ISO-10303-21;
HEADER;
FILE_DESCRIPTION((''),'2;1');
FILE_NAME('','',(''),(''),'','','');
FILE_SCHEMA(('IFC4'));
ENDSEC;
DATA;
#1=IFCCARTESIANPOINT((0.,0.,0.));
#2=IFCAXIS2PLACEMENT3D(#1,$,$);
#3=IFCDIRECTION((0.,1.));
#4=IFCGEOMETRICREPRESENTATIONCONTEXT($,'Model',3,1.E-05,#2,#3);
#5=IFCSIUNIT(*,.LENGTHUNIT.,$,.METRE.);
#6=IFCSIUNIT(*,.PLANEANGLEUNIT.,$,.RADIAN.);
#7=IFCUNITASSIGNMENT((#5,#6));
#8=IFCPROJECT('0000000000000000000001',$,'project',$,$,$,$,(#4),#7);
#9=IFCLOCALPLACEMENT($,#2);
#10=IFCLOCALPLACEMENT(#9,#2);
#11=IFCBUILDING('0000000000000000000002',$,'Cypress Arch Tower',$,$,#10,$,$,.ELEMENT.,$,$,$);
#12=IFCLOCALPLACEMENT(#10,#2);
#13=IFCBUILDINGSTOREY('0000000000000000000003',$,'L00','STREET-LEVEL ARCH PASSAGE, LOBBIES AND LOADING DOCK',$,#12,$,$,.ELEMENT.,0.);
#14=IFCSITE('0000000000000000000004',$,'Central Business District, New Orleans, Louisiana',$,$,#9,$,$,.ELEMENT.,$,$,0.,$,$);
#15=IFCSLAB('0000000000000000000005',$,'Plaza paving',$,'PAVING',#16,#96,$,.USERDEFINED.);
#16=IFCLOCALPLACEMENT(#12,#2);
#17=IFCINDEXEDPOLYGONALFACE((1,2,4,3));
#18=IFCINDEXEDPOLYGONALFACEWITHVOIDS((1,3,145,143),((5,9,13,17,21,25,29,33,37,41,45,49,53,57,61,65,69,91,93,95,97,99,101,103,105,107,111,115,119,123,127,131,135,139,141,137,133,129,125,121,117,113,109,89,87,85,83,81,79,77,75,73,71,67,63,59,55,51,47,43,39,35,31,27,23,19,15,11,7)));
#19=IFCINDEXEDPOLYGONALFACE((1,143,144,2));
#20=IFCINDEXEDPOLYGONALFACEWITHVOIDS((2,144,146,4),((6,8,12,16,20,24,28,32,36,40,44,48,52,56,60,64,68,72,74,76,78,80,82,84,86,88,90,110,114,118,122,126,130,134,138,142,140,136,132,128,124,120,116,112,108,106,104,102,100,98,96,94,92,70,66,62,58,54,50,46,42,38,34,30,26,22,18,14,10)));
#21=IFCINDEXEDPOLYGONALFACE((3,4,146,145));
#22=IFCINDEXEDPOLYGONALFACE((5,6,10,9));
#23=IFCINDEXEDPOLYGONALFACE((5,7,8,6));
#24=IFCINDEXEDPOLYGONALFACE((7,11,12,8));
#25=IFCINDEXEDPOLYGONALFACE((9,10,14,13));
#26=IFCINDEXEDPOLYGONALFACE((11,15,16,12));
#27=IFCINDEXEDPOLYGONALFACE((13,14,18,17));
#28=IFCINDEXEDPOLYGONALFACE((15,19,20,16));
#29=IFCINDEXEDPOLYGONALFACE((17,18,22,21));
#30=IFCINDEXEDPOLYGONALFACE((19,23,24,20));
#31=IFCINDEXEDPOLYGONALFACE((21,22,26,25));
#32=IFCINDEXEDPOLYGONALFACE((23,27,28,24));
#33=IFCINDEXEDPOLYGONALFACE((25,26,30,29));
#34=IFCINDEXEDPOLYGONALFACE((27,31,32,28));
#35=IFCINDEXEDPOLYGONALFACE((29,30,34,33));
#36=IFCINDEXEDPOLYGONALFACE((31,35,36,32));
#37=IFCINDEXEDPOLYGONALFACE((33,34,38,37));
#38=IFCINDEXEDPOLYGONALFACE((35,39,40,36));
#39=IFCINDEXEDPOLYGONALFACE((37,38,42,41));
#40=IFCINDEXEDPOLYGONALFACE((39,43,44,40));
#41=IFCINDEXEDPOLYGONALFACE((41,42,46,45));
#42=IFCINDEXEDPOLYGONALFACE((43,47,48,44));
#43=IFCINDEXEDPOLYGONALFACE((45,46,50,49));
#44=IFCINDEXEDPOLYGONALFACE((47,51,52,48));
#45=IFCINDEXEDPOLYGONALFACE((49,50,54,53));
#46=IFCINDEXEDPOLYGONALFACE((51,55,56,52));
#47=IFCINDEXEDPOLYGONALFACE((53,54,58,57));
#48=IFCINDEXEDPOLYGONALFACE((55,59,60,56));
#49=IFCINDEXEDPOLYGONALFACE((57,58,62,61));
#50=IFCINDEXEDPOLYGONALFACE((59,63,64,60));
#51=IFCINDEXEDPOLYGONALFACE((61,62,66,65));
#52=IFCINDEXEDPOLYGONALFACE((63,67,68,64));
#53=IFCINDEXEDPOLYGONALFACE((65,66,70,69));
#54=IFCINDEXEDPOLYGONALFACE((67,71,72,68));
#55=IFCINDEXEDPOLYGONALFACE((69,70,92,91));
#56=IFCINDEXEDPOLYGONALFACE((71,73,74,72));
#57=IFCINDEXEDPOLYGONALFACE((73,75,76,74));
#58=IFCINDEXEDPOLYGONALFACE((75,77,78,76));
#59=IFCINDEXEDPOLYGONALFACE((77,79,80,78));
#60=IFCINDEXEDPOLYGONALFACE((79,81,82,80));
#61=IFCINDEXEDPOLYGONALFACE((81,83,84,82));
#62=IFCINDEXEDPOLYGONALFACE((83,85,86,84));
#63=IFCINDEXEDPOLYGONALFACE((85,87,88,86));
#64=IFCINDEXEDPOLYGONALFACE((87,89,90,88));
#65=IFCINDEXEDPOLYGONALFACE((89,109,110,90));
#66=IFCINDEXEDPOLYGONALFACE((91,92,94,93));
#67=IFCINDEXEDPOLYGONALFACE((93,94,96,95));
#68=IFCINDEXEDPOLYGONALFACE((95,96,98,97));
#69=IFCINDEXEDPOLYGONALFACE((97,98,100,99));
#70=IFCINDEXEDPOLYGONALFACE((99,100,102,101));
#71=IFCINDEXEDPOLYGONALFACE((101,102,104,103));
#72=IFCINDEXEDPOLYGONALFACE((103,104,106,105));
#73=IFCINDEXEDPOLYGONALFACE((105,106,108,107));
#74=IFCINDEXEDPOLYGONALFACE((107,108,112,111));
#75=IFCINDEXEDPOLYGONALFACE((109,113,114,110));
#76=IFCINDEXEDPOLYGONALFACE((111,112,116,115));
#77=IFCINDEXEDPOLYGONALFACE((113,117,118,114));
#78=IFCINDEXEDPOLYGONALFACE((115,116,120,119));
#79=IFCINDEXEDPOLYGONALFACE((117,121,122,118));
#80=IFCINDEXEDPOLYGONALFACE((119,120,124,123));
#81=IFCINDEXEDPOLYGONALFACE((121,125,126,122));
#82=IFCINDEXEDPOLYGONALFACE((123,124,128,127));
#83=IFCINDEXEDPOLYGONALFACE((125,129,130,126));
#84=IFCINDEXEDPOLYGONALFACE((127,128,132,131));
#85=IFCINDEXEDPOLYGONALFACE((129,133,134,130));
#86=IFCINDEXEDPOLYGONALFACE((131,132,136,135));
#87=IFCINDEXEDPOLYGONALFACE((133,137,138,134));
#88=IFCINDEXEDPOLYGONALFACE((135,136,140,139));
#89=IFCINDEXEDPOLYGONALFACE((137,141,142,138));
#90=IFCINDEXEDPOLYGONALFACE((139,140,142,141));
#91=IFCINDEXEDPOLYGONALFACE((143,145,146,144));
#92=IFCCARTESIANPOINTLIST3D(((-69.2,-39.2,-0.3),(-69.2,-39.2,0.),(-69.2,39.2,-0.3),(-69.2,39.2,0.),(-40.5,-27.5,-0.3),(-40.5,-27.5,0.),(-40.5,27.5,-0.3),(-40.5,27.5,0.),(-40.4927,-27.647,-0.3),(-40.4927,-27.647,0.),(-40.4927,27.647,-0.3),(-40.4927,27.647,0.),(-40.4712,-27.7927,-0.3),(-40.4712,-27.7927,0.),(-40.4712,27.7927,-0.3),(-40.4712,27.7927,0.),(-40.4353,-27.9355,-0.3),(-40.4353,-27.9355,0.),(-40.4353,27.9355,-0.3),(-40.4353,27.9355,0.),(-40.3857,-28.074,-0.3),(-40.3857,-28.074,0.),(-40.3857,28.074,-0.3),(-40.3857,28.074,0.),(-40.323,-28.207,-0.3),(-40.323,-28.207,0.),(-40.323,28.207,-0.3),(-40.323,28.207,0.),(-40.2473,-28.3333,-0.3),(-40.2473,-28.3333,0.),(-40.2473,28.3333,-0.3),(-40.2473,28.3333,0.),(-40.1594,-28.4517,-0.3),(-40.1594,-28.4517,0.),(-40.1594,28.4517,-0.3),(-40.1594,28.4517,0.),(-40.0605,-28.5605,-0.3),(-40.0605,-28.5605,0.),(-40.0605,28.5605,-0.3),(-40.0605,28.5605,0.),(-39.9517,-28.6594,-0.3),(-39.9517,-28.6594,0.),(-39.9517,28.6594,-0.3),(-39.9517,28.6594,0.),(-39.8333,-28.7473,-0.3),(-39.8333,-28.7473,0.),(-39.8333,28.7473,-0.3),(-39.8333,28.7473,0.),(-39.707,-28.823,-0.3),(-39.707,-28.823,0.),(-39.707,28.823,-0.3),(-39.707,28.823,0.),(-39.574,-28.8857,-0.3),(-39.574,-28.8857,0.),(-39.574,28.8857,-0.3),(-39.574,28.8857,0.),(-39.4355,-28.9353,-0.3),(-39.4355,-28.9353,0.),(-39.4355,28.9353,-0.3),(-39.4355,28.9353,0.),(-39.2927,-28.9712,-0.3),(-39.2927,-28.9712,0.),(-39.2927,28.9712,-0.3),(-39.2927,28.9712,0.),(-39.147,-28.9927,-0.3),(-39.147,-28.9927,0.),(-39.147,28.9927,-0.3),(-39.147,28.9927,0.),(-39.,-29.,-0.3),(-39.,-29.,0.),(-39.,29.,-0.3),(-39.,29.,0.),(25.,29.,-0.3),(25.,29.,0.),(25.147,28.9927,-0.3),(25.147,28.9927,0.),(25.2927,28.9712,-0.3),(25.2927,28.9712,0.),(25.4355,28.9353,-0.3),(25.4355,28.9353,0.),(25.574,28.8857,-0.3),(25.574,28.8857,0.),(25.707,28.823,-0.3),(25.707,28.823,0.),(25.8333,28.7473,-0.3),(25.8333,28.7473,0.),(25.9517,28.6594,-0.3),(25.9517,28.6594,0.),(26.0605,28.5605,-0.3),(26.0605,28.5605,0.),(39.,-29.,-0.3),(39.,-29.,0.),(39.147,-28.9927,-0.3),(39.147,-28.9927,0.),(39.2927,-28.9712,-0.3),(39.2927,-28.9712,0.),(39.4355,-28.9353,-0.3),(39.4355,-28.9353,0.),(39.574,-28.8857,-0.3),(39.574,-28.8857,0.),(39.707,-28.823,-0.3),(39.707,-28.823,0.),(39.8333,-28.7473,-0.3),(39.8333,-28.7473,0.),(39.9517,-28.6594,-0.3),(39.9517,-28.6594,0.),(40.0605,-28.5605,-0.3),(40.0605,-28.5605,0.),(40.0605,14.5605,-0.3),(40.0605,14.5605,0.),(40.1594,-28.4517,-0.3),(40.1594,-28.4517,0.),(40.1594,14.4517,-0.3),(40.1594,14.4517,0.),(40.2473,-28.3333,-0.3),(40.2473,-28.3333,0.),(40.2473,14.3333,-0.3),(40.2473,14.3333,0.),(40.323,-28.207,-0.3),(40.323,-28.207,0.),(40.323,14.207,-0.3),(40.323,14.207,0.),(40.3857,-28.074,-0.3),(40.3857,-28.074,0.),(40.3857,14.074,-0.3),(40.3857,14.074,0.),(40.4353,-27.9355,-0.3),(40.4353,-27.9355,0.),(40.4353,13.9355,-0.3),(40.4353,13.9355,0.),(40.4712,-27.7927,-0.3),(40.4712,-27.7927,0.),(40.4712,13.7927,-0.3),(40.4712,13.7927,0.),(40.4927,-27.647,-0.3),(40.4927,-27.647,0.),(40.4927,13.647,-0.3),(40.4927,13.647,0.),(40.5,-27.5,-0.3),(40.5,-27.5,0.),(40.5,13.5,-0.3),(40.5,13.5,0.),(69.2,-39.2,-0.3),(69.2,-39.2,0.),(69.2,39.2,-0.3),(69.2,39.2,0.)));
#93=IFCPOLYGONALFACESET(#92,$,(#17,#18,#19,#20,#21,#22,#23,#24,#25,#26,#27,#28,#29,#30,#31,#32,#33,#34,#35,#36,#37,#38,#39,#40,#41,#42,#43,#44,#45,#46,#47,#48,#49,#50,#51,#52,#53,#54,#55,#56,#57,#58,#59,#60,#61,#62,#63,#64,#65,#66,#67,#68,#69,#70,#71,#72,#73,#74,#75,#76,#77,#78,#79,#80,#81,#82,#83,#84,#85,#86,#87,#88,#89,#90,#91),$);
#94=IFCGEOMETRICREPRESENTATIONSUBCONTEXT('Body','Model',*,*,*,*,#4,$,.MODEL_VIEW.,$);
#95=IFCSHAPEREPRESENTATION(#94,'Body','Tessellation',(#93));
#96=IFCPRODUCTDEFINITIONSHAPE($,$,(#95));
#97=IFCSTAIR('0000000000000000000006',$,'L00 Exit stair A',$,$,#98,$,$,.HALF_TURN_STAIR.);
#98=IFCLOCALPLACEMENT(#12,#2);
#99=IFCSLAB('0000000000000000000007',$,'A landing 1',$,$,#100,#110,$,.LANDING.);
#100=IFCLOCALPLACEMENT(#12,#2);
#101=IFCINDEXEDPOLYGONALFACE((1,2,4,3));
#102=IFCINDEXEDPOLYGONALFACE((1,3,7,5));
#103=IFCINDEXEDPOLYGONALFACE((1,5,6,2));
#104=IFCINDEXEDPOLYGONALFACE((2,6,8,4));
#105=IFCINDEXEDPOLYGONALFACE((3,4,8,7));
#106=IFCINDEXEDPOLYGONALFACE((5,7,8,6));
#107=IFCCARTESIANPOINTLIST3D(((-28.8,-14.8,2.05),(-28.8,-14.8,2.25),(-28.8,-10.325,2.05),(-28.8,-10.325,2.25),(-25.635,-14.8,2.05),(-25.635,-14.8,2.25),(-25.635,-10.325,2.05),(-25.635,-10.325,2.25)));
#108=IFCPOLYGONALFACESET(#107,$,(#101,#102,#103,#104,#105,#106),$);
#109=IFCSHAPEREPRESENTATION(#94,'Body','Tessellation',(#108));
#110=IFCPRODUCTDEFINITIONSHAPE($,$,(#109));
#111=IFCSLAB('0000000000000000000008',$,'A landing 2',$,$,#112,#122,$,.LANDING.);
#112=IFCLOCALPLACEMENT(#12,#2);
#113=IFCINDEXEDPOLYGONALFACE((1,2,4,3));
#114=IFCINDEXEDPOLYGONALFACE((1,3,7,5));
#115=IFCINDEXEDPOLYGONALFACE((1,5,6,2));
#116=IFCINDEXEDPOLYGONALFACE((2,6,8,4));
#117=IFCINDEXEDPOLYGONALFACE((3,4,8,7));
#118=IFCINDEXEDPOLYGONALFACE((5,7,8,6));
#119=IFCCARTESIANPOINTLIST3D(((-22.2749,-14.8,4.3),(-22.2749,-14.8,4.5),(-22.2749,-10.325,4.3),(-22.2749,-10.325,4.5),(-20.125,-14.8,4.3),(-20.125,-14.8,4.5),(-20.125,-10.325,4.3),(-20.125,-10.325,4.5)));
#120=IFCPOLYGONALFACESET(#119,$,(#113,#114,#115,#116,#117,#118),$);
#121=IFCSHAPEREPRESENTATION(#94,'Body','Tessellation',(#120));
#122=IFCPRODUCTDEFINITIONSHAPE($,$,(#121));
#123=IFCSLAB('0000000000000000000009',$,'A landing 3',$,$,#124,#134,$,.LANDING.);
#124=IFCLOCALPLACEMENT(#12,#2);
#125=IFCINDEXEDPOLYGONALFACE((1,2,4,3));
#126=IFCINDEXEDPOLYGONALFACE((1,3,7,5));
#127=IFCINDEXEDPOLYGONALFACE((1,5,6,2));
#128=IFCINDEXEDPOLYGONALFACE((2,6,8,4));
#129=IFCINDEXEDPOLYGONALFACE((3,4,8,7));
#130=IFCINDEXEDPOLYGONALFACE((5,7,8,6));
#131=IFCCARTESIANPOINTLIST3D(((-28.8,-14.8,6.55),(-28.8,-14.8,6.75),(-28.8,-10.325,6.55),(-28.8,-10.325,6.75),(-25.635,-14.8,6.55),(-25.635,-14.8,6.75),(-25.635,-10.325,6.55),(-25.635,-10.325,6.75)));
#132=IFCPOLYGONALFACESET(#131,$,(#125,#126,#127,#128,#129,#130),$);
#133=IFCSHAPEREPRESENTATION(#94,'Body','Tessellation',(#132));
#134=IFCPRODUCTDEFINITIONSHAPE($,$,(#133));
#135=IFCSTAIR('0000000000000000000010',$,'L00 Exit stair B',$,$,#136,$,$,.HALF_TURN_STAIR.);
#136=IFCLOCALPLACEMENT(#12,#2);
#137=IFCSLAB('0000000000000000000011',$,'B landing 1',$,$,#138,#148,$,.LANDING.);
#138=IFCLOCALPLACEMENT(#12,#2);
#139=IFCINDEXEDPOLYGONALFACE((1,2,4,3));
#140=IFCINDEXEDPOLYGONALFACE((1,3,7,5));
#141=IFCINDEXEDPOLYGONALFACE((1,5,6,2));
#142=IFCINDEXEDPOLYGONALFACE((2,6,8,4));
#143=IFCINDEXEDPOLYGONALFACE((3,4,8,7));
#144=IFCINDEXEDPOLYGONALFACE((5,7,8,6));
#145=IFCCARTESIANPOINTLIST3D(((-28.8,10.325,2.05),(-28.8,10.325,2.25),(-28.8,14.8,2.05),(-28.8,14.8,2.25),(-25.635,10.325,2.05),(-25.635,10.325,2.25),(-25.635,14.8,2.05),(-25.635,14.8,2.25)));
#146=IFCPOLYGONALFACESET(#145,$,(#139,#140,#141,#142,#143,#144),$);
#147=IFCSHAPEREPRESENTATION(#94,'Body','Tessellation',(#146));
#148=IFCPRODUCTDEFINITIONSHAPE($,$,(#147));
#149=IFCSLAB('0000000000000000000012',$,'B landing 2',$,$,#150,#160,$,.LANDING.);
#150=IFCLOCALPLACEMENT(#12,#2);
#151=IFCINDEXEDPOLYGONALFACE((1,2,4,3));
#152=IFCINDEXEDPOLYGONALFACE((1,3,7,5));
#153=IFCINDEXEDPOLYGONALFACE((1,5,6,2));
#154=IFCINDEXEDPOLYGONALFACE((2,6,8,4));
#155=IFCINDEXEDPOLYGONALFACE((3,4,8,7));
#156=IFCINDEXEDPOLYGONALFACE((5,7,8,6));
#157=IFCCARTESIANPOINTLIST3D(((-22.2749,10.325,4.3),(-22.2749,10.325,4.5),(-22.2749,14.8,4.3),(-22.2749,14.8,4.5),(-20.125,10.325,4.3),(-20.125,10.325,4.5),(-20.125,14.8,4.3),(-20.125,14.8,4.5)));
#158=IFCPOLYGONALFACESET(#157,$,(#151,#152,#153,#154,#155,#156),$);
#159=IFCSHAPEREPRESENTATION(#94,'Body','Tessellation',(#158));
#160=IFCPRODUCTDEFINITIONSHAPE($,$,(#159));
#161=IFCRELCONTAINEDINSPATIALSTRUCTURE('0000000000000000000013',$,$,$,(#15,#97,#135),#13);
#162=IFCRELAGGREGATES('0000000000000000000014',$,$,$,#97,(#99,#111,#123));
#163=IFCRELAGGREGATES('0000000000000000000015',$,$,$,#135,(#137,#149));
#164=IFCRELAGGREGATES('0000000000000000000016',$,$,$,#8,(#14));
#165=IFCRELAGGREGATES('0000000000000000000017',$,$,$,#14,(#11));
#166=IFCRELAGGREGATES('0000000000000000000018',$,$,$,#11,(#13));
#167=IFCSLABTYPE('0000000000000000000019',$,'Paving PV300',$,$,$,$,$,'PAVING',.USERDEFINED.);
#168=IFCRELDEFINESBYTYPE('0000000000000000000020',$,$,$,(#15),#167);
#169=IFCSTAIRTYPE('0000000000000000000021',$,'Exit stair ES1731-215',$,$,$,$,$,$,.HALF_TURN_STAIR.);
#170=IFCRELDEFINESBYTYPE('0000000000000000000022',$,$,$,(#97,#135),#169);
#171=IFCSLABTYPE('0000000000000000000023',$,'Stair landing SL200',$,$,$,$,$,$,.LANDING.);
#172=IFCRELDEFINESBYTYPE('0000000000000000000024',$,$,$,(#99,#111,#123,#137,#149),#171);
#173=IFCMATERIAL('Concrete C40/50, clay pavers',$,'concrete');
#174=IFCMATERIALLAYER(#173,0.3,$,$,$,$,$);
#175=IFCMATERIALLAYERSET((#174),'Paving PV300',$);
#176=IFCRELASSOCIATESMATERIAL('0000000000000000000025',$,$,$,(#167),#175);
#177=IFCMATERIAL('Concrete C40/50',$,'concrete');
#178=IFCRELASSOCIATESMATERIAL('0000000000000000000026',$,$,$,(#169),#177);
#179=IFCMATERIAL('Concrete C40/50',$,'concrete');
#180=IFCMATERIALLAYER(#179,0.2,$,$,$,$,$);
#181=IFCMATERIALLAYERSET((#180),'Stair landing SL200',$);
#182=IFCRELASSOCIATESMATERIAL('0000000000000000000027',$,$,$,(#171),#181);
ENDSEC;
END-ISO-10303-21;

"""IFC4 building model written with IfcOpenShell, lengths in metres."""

from ifc_helpers import new_model, si_unit, direction, frame, origin, place, context, subcontext, project, spatial, polyline, outline, extrude, material, layer, layer_set, type_object, element, aggregate, save


model = new_model("IFC4")

# Units and contexts
model_context = context("Model", 3, precision=1e-05, world=origin(), true_north=direction((0.0, 1.0)))
body_context = subcontext(model_context, "Body", "Model", "MODEL_VIEW")
ifc_project = project(units=[si_unit("LENGTHUNIT", "METRE"), si_unit("PLANEANGLEUNIT", "RADIAN")], contexts=[model_context])

# Site, building, storey
site_placement = place(None, origin())
site = spatial("IfcSite", under=ifc_project, at=site_placement, Name="Central Business District, New Orleans, Louisiana", CompositionType="ELEMENT", RefElevation=0.0)
building_placement = place(site_placement, origin())
building = spatial("IfcBuilding", under=site, at=building_placement, Name="Cypress Arch Tower", CompositionType="ELEMENT")
storey_placement = place(building_placement, origin())
storey = spatial("IfcBuildingStorey", under=building, at=storey_placement, Name="L00", Description="STREET-LEVEL ARCH PASSAGE, LOBBIES AND LOADING DOCK", CompositionType="ELEMENT", Elevation=0.0)

# Slab
ifc_material_1 = material(Name="Concrete C40/50, clay pavers", Category="concrete")
ifc_layer_1 = layer(ifc_material_1, 0.3)
ifc_layer_set_1 = layer_set([ifc_layer_1], Name="Paving PV300")
slab_type_1 = type_object("IfcSlabType", Name="Paving PV300", ElementType="PAVING", PredefinedType="USERDEFINED", material=ifc_layer_set_1)
slab_1_placement = place(storey_placement, frame((0.0, 0.0, -0.3)))
element("IfcSlab", 1, at=slab_1_placement, inside=storey, type_object=slab_type_1, Name="Plaza paving", ObjectType="PAVING", PredefinedType="USERDEFINED", context=body_context, shape_type="SweptSolid", body=[
    extrude(outline(polyline([(-69.2, -39.2), (-69.2, 39.2), (69.2, 39.2), (69.2, -39.2), (-69.2, -39.2)]), holes=[polyline([(-40.4927, -27.647), (-40.4712, -27.7927), (-40.4353, -27.9355), (-40.3857, -28.074), (-40.323, -28.207), (-40.2473, -28.3333), (-40.1594, -28.4517), (-40.0605, -28.5605), (-39.9517, -28.6594), (-39.8333, -28.7473), (-39.707, -28.823), (-39.574, -28.8857), (-39.4355, -28.9353), (-39.2927, -28.9712), (-39.147, -28.9927), (-39.0, -29.0), (39.0, -29.0), (39.147, -28.9927), (39.2927, -28.9712), (39.4355, -28.9353), (39.574, -28.8857), (39.707, -28.823), (39.8333, -28.7473), (39.9517, -28.6594), (40.0605, -28.5605), (40.1594, -28.4517), (40.2473, -28.3333), (40.323, -28.207), (40.3857, -28.074), (40.4353, -27.9355), (40.4712, -27.7927), (40.4927, -27.647), (40.5, -27.5), (40.5, 13.5), (40.4927, 13.647), (40.4712, 13.7927), (40.4353, 13.9355), (40.3857, 14.074), (40.323, 14.207), (40.2473, 14.3333), (40.1594, 14.4517), (40.0605, 14.5605), (26.0605, 28.5605), (25.9517, 28.6594), (25.8333, 28.7473), (25.707, 28.823), (25.574, 28.8857), (25.4355, 28.9353), (25.2927, 28.9712), (25.147, 28.9927), (25.0, 29.0), (-39.0, 29.0), (-39.147, 28.9927), (-39.2927, 28.9712), (-39.4355, 28.9353), (-39.574, 28.8857), (-39.707, 28.823), (-39.8333, 28.7473), (-39.9517, 28.6594), (-40.0605, 28.5605), (-40.1594, 28.4517), (-40.2473, 28.3333), (-40.323, 28.207), (-40.3857, 28.074), (-40.4353, 27.9355), (-40.4712, 27.7927), (-40.4927, 27.647), (-40.5, 27.5), (-40.5, -27.5), (-40.4927, -27.647)])]), origin(), (0.0, 0.0, 1.0), 0.3),
])

# Stairs, slabs
ifc_material_2 = material(Name="Concrete C40/50", Category="concrete")
stair_type = type_object("IfcStairType", Name="Exit stair ES1731-215", PredefinedType="HALF_TURN_STAIR", material=ifc_material_2)
stair_1_placement = place(storey_placement, origin())
stair_1 = element("IfcStair", 2, at=stair_1_placement, inside=storey, type_object=stair_type, Name="L00 Exit stair A", PredefinedType="HALF_TURN_STAIR")
ifc_material_3 = material(Name="Concrete C40/50", Category="concrete")
ifc_layer_2 = layer(ifc_material_3, 0.2)
ifc_layer_set_2 = layer_set([ifc_layer_2], Name="Stair landing SL200")
slab_type_2 = type_object("IfcSlabType", Name="Stair landing SL200", PredefinedType="LANDING", material=ifc_layer_set_2)
slab_2_placement = place(storey_placement, frame((0.0, 0.0, 2.05)))
slab_2 = element("IfcSlab", 3, at=slab_2_placement, type_object=slab_type_2, Name="A landing 1", PredefinedType="LANDING", context=body_context, shape_type="SweptSolid", body=[
    extrude(outline(polyline([(-25.635, -10.325), (-28.8, -10.325), (-28.8, -14.8), (-25.635, -14.8), (-25.635, -10.325)])), origin(), (0.0, 0.0, 1.0), 0.2),
])
slab_3_placement = place(storey_placement, frame((0.0, 0.0, 4.3)))
slab_3 = element("IfcSlab", 4, at=slab_3_placement, type_object=slab_type_2, Name="A landing 2", PredefinedType="LANDING", context=body_context, shape_type="SweptSolid", body=[
    extrude(outline(polyline([(-20.125, -10.325), (-22.2749, -10.325), (-22.2749, -14.8), (-20.125, -14.8), (-20.125, -10.325)])), origin(), (0.0, 0.0, 1.0), 0.2),
])
slab_4_placement = place(storey_placement, frame((0.0, 0.0, 6.55)))
slab_4 = element("IfcSlab", 5, at=slab_4_placement, type_object=slab_type_2, Name="A landing 3", PredefinedType="LANDING", context=body_context, shape_type="SweptSolid", body=[
    extrude(outline(polyline([(-25.635, -10.325), (-28.8, -10.325), (-28.8, -14.8), (-25.635, -14.8), (-25.635, -10.325)])), origin(), (0.0, 0.0, 1.0), 0.2),
])
aggregate(stair_1, [slab_2, slab_3, slab_4])
stair_2_placement = place(storey_placement, origin())
stair_2 = element("IfcStair", 6, at=stair_2_placement, inside=storey, type_object=stair_type, Name="L00 Exit stair B", PredefinedType="HALF_TURN_STAIR")
slab_5_placement = place(storey_placement, frame((0.0, 0.0, 2.05)))
slab_5 = element("IfcSlab", 7, at=slab_5_placement, type_object=slab_type_2, Name="B landing 1", PredefinedType="LANDING", context=body_context, shape_type="SweptSolid", body=[
    extrude(outline(polyline([(-25.635, 14.8), (-28.8, 14.8), (-28.8, 10.325), (-25.635, 10.325), (-25.635, 14.8)])), origin(), (0.0, 0.0, 1.0), 0.2),
])
slab_6_placement = place(storey_placement, frame((0.0, 0.0, 4.3)))
slab_6 = element("IfcSlab", 8, at=slab_6_placement, type_object=slab_type_2, Name="B landing 2", PredefinedType="LANDING", context=body_context, shape_type="SweptSolid", body=[
    extrude(outline(polyline([(-20.125, 14.8), (-22.2749, 14.8), (-22.2749, 10.325), (-20.125, 10.325), (-20.125, 14.8)])), origin(), (0.0, 0.0, 1.0), 0.2),
])
aggregate(stair_2, [slab_5, slab_6])

save(model, "model.ifc")
